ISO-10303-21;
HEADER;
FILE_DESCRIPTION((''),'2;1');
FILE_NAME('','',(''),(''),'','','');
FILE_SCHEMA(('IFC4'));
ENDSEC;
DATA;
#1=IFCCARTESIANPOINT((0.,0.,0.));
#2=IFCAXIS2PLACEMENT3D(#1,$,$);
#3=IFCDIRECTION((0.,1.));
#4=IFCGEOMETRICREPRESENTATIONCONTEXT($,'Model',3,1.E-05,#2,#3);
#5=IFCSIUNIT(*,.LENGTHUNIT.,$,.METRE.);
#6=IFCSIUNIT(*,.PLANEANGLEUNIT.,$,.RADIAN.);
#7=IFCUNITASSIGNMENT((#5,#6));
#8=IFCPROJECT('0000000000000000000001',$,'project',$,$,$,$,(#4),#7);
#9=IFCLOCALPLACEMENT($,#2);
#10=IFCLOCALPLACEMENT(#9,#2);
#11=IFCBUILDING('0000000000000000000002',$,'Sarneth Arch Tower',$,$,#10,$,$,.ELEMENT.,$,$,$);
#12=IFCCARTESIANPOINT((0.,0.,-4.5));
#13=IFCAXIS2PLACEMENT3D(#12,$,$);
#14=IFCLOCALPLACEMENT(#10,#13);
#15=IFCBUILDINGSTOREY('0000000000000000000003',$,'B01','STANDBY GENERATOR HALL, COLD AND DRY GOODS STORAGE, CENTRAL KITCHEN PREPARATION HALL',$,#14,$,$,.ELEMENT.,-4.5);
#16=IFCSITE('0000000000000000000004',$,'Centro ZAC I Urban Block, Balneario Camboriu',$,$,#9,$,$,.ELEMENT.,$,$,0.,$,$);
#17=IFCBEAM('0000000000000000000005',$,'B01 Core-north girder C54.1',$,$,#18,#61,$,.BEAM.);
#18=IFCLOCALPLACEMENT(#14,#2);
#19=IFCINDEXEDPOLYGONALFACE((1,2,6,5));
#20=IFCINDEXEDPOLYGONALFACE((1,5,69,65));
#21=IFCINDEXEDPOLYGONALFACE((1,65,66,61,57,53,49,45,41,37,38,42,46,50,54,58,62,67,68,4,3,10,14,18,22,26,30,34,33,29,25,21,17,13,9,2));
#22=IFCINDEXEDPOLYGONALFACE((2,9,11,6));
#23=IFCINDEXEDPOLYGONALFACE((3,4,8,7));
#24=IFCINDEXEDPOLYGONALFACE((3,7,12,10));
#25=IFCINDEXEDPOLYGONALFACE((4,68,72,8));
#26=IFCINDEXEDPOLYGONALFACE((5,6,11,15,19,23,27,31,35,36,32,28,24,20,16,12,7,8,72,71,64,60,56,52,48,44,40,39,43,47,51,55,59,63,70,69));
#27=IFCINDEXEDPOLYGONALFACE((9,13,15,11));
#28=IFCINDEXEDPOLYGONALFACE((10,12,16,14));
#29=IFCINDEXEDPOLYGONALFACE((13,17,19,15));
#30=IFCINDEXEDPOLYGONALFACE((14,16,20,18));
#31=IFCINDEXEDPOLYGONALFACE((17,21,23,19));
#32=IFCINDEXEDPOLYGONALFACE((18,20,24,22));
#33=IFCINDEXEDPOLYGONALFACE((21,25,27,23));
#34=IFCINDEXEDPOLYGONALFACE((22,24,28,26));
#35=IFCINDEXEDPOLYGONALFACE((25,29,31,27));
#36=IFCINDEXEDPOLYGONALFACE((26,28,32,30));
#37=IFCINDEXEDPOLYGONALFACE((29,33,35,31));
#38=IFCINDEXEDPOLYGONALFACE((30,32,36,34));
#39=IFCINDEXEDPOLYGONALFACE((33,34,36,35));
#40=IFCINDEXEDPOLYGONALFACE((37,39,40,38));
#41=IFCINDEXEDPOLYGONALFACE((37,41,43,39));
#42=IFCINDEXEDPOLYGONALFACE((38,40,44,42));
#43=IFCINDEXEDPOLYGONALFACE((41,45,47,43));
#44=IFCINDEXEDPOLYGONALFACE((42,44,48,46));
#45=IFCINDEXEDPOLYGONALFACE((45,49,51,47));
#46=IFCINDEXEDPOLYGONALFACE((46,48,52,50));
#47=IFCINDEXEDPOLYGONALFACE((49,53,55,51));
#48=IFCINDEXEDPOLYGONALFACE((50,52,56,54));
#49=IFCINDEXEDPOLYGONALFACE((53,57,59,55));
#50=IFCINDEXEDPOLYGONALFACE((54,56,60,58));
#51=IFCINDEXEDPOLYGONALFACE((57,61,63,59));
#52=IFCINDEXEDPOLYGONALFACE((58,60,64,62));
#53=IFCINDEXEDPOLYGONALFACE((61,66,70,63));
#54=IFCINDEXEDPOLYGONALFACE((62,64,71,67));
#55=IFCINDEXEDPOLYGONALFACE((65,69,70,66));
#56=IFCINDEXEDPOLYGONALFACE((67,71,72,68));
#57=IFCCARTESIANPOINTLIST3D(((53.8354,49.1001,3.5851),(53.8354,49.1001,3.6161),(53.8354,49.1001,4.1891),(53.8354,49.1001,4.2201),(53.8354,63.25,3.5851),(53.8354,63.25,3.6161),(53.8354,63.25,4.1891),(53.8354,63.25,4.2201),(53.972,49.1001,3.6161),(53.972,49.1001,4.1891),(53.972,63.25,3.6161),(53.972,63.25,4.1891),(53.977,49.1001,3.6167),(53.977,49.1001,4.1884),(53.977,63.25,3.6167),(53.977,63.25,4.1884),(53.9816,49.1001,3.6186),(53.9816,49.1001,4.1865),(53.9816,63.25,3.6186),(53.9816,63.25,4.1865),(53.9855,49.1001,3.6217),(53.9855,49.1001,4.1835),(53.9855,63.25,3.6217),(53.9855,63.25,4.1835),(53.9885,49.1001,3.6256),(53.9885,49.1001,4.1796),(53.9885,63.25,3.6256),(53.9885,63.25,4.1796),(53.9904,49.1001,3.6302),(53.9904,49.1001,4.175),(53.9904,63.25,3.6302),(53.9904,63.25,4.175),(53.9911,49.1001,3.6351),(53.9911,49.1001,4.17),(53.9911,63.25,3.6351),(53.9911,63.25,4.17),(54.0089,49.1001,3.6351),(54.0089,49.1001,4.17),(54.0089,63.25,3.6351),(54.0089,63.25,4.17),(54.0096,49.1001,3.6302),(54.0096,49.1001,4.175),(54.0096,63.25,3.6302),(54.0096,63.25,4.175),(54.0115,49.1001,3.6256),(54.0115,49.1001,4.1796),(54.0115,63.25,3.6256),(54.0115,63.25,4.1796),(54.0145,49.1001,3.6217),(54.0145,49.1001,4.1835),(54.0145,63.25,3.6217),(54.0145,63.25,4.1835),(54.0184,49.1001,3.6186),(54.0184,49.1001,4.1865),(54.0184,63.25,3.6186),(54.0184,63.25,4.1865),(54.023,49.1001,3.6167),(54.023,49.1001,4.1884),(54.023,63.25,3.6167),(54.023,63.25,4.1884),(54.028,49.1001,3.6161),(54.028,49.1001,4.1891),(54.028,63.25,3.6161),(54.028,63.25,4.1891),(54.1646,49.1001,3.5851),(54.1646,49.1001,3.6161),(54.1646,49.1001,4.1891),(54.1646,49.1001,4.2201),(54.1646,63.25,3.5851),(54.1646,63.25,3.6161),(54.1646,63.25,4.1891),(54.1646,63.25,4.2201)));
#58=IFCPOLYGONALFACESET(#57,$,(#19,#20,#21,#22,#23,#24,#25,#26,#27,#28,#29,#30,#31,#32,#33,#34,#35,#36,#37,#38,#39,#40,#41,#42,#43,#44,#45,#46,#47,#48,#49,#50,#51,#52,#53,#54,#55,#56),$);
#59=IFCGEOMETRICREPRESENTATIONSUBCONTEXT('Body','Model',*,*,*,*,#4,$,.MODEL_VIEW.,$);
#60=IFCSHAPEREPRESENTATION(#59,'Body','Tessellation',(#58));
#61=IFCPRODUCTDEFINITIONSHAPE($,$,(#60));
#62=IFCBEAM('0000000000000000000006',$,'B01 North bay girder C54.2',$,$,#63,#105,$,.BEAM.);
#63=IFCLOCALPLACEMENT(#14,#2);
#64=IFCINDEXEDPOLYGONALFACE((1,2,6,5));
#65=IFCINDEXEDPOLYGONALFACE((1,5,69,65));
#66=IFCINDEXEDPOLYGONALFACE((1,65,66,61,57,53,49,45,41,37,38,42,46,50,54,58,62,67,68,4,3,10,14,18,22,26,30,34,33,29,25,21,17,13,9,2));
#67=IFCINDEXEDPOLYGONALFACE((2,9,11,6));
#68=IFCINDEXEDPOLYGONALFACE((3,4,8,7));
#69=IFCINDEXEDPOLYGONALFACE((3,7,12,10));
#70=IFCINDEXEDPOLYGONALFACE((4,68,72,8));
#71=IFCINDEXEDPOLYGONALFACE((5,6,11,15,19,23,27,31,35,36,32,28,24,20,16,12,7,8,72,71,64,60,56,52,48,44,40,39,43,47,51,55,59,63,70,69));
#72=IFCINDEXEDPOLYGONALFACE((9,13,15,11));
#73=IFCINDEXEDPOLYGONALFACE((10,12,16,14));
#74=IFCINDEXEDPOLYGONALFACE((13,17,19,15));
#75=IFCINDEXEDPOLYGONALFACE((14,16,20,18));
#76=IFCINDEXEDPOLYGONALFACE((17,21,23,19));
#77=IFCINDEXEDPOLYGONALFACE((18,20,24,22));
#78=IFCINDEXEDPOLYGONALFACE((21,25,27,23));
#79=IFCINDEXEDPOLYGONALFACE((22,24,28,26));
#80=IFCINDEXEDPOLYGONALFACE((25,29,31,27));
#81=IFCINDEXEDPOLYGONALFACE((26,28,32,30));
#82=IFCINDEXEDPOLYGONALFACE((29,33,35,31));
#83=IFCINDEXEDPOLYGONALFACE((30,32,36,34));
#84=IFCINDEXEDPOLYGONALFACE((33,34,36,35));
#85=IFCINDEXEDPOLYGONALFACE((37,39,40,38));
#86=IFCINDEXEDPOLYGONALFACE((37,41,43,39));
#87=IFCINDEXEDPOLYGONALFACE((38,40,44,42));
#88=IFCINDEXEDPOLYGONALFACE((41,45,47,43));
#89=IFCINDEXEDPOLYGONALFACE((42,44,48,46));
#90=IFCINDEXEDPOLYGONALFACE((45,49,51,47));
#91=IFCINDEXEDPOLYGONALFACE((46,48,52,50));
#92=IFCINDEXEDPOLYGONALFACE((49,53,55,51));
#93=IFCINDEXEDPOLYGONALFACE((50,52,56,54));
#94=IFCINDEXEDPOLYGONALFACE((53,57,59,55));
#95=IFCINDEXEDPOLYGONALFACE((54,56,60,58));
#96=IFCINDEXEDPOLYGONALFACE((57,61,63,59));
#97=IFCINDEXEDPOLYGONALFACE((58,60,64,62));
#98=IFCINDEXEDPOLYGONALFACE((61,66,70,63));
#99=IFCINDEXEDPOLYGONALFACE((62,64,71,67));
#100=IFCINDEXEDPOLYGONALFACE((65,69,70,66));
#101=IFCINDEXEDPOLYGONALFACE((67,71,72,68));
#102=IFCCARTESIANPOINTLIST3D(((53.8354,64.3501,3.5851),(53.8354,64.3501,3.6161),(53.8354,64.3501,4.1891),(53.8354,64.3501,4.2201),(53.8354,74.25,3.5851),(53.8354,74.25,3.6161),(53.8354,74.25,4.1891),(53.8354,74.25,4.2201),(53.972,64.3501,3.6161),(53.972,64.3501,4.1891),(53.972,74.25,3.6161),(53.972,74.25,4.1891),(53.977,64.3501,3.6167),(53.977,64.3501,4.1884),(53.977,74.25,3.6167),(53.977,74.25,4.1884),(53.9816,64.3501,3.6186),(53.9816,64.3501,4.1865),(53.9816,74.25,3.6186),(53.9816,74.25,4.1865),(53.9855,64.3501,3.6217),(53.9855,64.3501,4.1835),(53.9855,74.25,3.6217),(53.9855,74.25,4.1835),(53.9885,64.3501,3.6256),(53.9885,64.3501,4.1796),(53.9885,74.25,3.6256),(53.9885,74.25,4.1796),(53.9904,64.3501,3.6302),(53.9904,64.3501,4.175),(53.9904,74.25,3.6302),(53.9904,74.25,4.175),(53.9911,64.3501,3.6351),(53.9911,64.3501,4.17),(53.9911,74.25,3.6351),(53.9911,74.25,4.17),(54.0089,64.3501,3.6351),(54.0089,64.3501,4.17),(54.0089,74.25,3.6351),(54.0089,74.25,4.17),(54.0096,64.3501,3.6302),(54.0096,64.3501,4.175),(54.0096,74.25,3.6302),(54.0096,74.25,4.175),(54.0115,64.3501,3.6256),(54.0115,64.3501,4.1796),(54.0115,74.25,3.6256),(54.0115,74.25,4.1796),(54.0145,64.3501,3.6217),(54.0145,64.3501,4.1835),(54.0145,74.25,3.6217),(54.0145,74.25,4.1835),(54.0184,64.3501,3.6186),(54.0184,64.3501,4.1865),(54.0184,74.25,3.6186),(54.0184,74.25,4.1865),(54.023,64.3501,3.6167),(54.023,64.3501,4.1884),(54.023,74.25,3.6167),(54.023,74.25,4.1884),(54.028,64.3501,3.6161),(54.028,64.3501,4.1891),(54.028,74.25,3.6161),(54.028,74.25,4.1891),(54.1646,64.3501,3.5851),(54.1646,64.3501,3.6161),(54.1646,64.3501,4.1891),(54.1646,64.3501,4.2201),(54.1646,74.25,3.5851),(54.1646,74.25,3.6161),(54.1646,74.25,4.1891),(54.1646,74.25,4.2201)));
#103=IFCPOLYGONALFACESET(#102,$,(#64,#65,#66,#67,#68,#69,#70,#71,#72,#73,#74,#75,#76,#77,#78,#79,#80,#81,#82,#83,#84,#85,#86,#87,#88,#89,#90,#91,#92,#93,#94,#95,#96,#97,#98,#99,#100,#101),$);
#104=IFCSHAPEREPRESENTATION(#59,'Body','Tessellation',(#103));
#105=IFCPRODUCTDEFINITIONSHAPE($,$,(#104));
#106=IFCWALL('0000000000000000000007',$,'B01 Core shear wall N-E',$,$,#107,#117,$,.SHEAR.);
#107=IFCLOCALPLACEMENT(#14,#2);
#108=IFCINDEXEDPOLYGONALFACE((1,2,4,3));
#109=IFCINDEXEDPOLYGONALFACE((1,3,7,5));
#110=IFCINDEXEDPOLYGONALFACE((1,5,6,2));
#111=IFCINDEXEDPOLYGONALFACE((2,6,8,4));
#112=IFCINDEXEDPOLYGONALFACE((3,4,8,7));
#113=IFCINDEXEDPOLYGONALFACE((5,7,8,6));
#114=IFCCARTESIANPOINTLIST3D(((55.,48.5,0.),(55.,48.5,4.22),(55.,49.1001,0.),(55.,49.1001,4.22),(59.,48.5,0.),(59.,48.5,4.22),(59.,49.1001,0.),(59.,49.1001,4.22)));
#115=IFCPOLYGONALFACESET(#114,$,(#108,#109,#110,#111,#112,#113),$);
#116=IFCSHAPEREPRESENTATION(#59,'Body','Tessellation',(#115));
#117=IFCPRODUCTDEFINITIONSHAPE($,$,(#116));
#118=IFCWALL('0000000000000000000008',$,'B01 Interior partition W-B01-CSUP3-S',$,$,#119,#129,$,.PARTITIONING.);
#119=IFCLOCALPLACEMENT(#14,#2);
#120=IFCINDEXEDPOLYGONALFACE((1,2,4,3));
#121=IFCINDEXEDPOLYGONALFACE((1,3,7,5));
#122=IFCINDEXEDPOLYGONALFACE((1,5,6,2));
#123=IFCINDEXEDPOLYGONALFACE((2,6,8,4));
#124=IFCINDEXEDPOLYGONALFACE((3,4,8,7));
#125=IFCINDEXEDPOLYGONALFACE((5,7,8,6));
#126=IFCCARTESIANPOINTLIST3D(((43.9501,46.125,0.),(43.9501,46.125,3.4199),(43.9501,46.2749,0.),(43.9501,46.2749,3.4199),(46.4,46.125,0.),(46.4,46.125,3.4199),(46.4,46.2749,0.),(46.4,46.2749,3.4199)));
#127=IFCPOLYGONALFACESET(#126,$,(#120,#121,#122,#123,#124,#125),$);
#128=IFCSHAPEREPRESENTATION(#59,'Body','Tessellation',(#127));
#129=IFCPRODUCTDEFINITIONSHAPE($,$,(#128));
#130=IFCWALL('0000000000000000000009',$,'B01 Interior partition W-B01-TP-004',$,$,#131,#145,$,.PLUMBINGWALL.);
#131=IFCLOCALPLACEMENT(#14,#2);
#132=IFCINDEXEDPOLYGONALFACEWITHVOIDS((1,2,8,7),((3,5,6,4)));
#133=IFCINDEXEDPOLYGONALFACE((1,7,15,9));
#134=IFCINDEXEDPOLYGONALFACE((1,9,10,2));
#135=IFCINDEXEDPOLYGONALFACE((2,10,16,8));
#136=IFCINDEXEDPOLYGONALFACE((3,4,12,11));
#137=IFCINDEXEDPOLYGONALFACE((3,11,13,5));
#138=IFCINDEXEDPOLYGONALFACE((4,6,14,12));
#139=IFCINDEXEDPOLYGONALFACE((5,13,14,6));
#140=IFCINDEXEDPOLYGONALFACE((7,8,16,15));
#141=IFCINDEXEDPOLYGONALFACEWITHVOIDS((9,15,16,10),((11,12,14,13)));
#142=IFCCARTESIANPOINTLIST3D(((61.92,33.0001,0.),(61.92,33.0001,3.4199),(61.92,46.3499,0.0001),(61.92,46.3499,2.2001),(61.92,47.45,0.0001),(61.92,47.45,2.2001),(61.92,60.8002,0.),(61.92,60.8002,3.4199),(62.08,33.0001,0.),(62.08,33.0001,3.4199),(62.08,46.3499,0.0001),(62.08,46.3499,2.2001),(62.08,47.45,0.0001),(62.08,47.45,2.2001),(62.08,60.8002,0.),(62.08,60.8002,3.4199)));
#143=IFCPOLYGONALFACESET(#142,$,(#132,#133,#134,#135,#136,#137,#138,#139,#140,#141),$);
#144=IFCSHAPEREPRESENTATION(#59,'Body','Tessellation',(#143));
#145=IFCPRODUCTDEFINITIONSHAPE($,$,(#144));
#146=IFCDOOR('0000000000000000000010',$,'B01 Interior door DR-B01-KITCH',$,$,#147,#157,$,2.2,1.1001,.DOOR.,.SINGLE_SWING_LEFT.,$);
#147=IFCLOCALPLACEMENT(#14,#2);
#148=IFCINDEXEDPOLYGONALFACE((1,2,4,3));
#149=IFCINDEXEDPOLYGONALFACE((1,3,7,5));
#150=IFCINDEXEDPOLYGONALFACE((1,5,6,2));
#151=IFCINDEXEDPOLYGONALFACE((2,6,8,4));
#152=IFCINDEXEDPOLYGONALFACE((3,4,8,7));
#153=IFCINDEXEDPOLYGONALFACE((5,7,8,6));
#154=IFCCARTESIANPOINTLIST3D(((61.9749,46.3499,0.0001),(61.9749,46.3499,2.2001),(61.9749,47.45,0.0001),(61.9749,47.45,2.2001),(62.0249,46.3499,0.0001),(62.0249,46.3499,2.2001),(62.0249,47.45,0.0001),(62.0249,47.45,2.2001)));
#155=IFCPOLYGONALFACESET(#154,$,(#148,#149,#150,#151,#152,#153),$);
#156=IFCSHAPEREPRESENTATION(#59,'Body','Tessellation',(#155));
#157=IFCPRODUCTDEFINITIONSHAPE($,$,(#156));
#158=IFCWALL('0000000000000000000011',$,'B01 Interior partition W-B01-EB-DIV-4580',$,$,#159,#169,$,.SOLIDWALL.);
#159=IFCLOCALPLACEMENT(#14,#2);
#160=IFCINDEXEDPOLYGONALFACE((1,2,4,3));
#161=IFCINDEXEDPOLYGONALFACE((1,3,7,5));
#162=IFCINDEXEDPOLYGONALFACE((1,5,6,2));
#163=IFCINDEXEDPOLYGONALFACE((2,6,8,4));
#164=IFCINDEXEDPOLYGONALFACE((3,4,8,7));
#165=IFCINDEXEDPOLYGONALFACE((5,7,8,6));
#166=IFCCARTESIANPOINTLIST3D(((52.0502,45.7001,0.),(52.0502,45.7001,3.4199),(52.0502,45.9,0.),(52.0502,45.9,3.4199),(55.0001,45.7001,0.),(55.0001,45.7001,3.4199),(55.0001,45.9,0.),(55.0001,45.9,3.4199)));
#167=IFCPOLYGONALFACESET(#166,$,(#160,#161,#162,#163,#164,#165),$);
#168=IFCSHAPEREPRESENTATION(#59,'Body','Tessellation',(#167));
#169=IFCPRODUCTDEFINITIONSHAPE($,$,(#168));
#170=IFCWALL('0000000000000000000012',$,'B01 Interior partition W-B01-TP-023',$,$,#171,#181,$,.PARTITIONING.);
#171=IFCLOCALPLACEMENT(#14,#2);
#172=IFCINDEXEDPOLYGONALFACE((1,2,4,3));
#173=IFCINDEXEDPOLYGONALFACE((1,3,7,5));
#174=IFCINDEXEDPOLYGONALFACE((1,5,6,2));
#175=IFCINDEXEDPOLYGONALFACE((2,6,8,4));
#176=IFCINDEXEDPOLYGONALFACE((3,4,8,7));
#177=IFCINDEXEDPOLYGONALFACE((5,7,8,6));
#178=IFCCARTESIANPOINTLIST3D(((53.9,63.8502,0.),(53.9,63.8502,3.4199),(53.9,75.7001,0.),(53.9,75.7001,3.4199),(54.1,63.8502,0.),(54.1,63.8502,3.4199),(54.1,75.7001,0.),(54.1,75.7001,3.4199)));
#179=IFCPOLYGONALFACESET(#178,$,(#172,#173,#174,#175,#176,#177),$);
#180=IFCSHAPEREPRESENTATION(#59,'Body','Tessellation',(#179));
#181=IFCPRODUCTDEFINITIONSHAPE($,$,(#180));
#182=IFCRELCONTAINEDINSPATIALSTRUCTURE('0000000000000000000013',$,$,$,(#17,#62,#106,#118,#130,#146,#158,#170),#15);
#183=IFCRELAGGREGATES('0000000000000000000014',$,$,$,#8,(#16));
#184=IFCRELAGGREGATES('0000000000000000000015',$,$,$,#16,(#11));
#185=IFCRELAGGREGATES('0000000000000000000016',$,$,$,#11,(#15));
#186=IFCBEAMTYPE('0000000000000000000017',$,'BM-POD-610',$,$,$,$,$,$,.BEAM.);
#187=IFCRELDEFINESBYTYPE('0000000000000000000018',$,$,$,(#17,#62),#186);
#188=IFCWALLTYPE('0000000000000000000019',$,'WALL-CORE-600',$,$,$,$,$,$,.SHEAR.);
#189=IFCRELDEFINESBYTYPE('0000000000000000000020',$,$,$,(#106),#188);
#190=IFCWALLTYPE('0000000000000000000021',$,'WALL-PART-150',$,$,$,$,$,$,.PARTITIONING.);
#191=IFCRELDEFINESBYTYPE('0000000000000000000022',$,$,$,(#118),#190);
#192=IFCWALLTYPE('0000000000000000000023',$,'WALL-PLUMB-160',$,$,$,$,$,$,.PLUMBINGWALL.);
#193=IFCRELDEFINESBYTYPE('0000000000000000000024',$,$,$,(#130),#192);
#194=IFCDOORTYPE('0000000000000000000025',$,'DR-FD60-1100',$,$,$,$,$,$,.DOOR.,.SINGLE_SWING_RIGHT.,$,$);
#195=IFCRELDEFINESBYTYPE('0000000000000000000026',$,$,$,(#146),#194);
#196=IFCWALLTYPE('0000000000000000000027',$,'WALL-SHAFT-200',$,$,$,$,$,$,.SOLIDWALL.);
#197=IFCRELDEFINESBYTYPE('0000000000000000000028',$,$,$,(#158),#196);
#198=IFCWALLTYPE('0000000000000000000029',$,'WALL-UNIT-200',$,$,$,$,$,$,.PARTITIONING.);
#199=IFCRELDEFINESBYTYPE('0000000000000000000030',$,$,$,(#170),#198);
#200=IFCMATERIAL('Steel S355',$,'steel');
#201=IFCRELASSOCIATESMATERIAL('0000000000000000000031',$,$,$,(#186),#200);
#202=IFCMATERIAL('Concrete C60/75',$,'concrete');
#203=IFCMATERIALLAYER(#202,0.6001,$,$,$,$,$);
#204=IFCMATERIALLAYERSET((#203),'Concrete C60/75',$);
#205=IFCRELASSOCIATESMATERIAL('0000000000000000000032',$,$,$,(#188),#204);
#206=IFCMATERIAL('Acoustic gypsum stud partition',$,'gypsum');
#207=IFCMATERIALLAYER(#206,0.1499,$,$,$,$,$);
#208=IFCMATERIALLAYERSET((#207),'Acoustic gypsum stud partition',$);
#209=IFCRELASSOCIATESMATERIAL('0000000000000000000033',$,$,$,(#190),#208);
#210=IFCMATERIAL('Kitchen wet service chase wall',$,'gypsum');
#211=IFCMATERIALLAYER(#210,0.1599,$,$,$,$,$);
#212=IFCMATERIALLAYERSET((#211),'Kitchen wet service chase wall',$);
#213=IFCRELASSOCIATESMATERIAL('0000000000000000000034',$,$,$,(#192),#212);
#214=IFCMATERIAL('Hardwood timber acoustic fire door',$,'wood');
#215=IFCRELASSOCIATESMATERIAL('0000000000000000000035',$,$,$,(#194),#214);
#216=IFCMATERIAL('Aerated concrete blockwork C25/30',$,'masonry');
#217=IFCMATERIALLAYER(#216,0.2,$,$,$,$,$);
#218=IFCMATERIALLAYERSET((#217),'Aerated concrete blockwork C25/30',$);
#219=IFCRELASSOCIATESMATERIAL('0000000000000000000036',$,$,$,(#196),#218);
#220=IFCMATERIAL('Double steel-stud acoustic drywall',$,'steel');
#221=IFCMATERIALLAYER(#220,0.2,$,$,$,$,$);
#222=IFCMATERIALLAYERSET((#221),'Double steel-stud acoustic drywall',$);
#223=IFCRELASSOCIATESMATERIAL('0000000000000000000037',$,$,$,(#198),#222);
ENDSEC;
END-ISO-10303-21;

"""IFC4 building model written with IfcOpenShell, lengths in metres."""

from ifc_helpers import new_model, si_unit, direction, frame, frame_2d, origin, origin_2d, place, context, subcontext, project, spatial, rectangle, i_section, extrude, material, layer, layer_set, material_profile, profile_set, type_object, element, fill, save


model = new_model("IFC4")

# Units and contexts
model_context = context("Model", 3, precision=1e-05, world=origin(), true_north=direction((0.0, 1.0)))
body_context = subcontext(model_context, "Body", "Model", "MODEL_VIEW")
ifc_project = project(units=[si_unit("LENGTHUNIT", "METRE"), si_unit("PLANEANGLEUNIT", "RADIAN")], contexts=[model_context])

# Site, building, storey
site_placement = place(None, origin())
site = spatial("IfcSite", under=ifc_project, at=site_placement, Name="Centro ZAC I Urban Block, Balneario Camboriu", CompositionType="ELEMENT", RefElevation=0.0)
building_placement = place(site_placement, origin())
building = spatial("IfcBuilding", under=site, at=building_placement, Name="Sarneth Arch Tower", CompositionType="ELEMENT")
storey_placement = place(building_placement, frame((0.0, 0.0, -4.5)))
storey = spatial("IfcBuildingStorey", under=building, at=storey_placement, Name="B01", Description="STANDBY GENERATOR HALL, COLD AND DRY GOODS STORAGE, CENTRAL KITCHEN PREPARATION HALL", CompositionType="ELEMENT", Elevation=-4.5)

# Beams
ifc_material_1 = material(Name="Steel S355", Category="steel")
ifc_material_profile_1 = material_profile(ifc_material_1, i_section(OverallWidth=0.3291, OverallDepth=0.635, WebThickness=0.0178, FlangeThickness=0.031, FilletRadius=0.019, at=origin_2d()), Name="W610x241")
ifc_profile_set_1 = profile_set([ifc_material_profile_1], Name="Steel S355")
beam_type = type_object("IfcBeamType", Name="BM-POD-610", PredefinedType="BEAM", material=ifc_profile_set_1)
beam_1_placement = place(storey_placement, frame((54.0, 49.1001, 3.9026), z_axis=(0.0, 1.0, 0.0), x_axis=(-1.0, 0.0, 0.0)))
element("IfcBeam", 1, at=beam_1_placement, inside=storey, type_object=beam_type, Name="B01 Core-north girder C54.1", PredefinedType="BEAM", context=body_context, shape_type="SweptSolid", body=[
    extrude(i_section(OverallWidth=0.3291, OverallDepth=0.635, WebThickness=0.0178, FlangeThickness=0.031, FilletRadius=0.019, at=origin_2d()), origin(), (0.0, 0.0, 1.0), 14.1499),
])
beam_2_placement = place(storey_placement, frame((54.0, 64.3501, 3.9026), z_axis=(0.0, 1.0, 0.0), x_axis=(-1.0, 0.0, 0.0)))
element("IfcBeam", 2, at=beam_2_placement, inside=storey, type_object=beam_type, Name="B01 North bay girder C54.2", PredefinedType="BEAM", context=body_context, shape_type="SweptSolid", body=[
    extrude(i_section(OverallWidth=0.3291, OverallDepth=0.635, WebThickness=0.0178, FlangeThickness=0.031, FilletRadius=0.019, at=origin_2d()), origin(), (0.0, 0.0, 1.0), 9.8999),
])

# Walls
ifc_material_2 = material(Name="Concrete C60/75", Category="concrete")
ifc_layer_1 = layer(ifc_material_2, 0.6001)
ifc_layer_set_1 = layer_set([ifc_layer_1], Name="Concrete C60/75")
wall_type_1 = type_object("IfcWallType", Name="WALL-CORE-600", PredefinedType="SHEAR", material=ifc_layer_set_1)
wall_1_placement = place(storey_placement, frame((55.0, 48.8, 0.0), z_axis=(0.0, 0.0, 1.0), x_axis=(1.0, 0.0, 0.0)))
element("IfcWall", 3, at=wall_1_placement, inside=storey, type_object=wall_type_1, Name="B01 Core shear wall N-E", PredefinedType="SHEAR", context=body_context, shape_type="SweptSolid", body=[
    extrude(rectangle(XDim=4.0, YDim=0.6001, at=frame_2d((2.0, 0.0))), origin(), (0.0, 0.0, 1.0), 4.22),
])
ifc_material_3 = material(Name="Acoustic gypsum stud partition", Category="gypsum")
ifc_layer_2 = layer(ifc_material_3, 0.1499)
ifc_layer_set_2 = layer_set([ifc_layer_2], Name="Acoustic gypsum stud partition")
wall_type_2 = type_object("IfcWallType", Name="WALL-PART-150", PredefinedType="PARTITIONING", material=ifc_layer_set_2)
wall_2_placement = place(storey_placement, frame((43.95, 46.2, 0.0), z_axis=(0.0, 0.0, 1.0), x_axis=(1.0, 0.0, 0.0)))
element("IfcWall", 4, at=wall_2_placement, inside=storey, type_object=wall_type_2, Name="B01 Interior partition W-B01-CSUP3-S", PredefinedType="PARTITIONING", context=body_context, shape_type="SweptSolid", body=[
    extrude(rectangle(XDim=2.45, YDim=0.1499, at=frame_2d((1.2251, 0.0))), origin(), (0.0, 0.0, 1.0), 3.4199),
])

# Wall, opening, door
ifc_material_4 = material(Name="Kitchen wet service chase wall", Category="gypsum")
ifc_layer_3 = layer(ifc_material_4, 0.1599)
ifc_layer_set_3 = layer_set([ifc_layer_3], Name="Kitchen wet service chase wall")
wall_type_3 = type_object("IfcWallType", Name="WALL-PLUMB-160", PredefinedType="PLUMBINGWALL", material=ifc_layer_set_3)
wall_3_placement = place(storey_placement, frame((62.0, 60.8, 0.0), z_axis=(0.0, 0.0, 1.0), x_axis=(0.0, -1.0, 0.0)))
wall_3 = element("IfcWall", 5, at=wall_3_placement, inside=storey, type_object=wall_type_3, Name="B01 Interior partition W-B01-TP-004", PredefinedType="PLUMBINGWALL", context=body_context, shape_type="SweptSolid", body=[
    extrude(rectangle(XDim=27.8, YDim=0.1599, at=frame_2d((13.8999, 0.0))), origin(), (0.0, 0.0, 1.0), 3.4199),
])
opening_1_placement = place(wall_3_placement, frame((13.3501, 0.0, 0.0)))
opening_1 = element("IfcOpeningElement", 6, at=opening_1_placement, cuts=wall_3, PredefinedType="OPENING", context=body_context, shape_type="SweptSolid", body=[
    extrude(rectangle(XDim=1.1001, YDim=2.2, at=frame_2d((0.55, 1.1001))), frame((0.0, 0.0898, 0.0), z_axis=(0.0, -1.0, 0.0), x_axis=(1.0, 0.0, 0.0)), (0.0, 0.0, 1.0), 0.1799),
])
ifc_material_5 = material(Name="Hardwood timber acoustic fire door", Category="wood")
door_type_1 = type_object("IfcDoorType", Name="DR-FD60-1100", OperationType="SINGLE_SWING_RIGHT", PredefinedType="DOOR", material=ifc_material_5)
door_1_placement = place(opening_1_placement, origin())
door_1 = element("IfcDoor", 7, at=door_1_placement, inside=storey, type_object=door_type_1, Name="B01 Interior door DR-B01-KITCH", OperationType="SINGLE_SWING_LEFT", OverallHeight=2.2, OverallWidth=1.1001, PredefinedType="DOOR", context=body_context, shape_type="SweptSolid", body=[
    extrude(rectangle(XDim=1.1001, YDim=2.2, at=frame_2d((0.55, 1.1001))), frame((0.0, 0.0249, 0.0), z_axis=(0.0, -1.0, 0.0), x_axis=(1.0, 0.0, 0.0)), (0.0, 0.0, 1.0), 0.05),
])
fill(opening_1, door_1)
ifc_material_6 = material(Name="Aerated concrete blockwork C25/30", Category="masonry")
ifc_layer_4 = layer(ifc_material_6, 0.2)
ifc_layer_set_4 = layer_set([ifc_layer_4], Name="Aerated concrete blockwork C25/30")
wall_type_4 = type_object("IfcWallType", Name="WALL-SHAFT-200", PredefinedType="SOLIDWALL", material=ifc_layer_set_4)

# Walls
wall_4_placement = place(storey_placement, frame((52.05, 45.8, 0.0), z_axis=(0.0, 0.0, 1.0), x_axis=(1.0, 0.0, 0.0)))
element("IfcWall", 8, at=wall_4_placement, inside=storey, type_object=wall_type_4, Name="B01 Interior partition W-B01-EB-DIV-4580", PredefinedType="SOLIDWALL", context=body_context, shape_type="SweptSolid", body=[
    extrude(rectangle(XDim=2.95, YDim=0.2, at=frame_2d((1.4751, 0.0))), origin(), (0.0, 0.0, 1.0), 3.4199),
])
ifc_material_7 = material(Name="Double steel-stud acoustic drywall", Category="steel")
ifc_layer_5 = layer(ifc_material_7, 0.2)
ifc_layer_set_5 = layer_set([ifc_layer_5], Name="Double steel-stud acoustic drywall")
wall_type_5 = type_object("IfcWallType", Name="WALL-UNIT-200", PredefinedType="PARTITIONING", material=ifc_layer_set_5)
wall_5_placement = place(storey_placement, frame((54.0, 75.7, 0.0), z_axis=(0.0, 0.0, 1.0), x_axis=(0.0, -1.0, 0.0)))
element("IfcWall", 9, at=wall_5_placement, inside=storey, type_object=wall_type_5, Name="B01 Interior partition W-B01-TP-023", PredefinedType="PARTITIONING", context=body_context, shape_type="SweptSolid", body=[
    extrude(rectangle(XDim=11.8499, YDim=0.2, at=frame_2d((5.9248, 0.0))), origin(), (0.0, 0.0, 1.0), 3.4199),
])

save(model, "model.ifc")
